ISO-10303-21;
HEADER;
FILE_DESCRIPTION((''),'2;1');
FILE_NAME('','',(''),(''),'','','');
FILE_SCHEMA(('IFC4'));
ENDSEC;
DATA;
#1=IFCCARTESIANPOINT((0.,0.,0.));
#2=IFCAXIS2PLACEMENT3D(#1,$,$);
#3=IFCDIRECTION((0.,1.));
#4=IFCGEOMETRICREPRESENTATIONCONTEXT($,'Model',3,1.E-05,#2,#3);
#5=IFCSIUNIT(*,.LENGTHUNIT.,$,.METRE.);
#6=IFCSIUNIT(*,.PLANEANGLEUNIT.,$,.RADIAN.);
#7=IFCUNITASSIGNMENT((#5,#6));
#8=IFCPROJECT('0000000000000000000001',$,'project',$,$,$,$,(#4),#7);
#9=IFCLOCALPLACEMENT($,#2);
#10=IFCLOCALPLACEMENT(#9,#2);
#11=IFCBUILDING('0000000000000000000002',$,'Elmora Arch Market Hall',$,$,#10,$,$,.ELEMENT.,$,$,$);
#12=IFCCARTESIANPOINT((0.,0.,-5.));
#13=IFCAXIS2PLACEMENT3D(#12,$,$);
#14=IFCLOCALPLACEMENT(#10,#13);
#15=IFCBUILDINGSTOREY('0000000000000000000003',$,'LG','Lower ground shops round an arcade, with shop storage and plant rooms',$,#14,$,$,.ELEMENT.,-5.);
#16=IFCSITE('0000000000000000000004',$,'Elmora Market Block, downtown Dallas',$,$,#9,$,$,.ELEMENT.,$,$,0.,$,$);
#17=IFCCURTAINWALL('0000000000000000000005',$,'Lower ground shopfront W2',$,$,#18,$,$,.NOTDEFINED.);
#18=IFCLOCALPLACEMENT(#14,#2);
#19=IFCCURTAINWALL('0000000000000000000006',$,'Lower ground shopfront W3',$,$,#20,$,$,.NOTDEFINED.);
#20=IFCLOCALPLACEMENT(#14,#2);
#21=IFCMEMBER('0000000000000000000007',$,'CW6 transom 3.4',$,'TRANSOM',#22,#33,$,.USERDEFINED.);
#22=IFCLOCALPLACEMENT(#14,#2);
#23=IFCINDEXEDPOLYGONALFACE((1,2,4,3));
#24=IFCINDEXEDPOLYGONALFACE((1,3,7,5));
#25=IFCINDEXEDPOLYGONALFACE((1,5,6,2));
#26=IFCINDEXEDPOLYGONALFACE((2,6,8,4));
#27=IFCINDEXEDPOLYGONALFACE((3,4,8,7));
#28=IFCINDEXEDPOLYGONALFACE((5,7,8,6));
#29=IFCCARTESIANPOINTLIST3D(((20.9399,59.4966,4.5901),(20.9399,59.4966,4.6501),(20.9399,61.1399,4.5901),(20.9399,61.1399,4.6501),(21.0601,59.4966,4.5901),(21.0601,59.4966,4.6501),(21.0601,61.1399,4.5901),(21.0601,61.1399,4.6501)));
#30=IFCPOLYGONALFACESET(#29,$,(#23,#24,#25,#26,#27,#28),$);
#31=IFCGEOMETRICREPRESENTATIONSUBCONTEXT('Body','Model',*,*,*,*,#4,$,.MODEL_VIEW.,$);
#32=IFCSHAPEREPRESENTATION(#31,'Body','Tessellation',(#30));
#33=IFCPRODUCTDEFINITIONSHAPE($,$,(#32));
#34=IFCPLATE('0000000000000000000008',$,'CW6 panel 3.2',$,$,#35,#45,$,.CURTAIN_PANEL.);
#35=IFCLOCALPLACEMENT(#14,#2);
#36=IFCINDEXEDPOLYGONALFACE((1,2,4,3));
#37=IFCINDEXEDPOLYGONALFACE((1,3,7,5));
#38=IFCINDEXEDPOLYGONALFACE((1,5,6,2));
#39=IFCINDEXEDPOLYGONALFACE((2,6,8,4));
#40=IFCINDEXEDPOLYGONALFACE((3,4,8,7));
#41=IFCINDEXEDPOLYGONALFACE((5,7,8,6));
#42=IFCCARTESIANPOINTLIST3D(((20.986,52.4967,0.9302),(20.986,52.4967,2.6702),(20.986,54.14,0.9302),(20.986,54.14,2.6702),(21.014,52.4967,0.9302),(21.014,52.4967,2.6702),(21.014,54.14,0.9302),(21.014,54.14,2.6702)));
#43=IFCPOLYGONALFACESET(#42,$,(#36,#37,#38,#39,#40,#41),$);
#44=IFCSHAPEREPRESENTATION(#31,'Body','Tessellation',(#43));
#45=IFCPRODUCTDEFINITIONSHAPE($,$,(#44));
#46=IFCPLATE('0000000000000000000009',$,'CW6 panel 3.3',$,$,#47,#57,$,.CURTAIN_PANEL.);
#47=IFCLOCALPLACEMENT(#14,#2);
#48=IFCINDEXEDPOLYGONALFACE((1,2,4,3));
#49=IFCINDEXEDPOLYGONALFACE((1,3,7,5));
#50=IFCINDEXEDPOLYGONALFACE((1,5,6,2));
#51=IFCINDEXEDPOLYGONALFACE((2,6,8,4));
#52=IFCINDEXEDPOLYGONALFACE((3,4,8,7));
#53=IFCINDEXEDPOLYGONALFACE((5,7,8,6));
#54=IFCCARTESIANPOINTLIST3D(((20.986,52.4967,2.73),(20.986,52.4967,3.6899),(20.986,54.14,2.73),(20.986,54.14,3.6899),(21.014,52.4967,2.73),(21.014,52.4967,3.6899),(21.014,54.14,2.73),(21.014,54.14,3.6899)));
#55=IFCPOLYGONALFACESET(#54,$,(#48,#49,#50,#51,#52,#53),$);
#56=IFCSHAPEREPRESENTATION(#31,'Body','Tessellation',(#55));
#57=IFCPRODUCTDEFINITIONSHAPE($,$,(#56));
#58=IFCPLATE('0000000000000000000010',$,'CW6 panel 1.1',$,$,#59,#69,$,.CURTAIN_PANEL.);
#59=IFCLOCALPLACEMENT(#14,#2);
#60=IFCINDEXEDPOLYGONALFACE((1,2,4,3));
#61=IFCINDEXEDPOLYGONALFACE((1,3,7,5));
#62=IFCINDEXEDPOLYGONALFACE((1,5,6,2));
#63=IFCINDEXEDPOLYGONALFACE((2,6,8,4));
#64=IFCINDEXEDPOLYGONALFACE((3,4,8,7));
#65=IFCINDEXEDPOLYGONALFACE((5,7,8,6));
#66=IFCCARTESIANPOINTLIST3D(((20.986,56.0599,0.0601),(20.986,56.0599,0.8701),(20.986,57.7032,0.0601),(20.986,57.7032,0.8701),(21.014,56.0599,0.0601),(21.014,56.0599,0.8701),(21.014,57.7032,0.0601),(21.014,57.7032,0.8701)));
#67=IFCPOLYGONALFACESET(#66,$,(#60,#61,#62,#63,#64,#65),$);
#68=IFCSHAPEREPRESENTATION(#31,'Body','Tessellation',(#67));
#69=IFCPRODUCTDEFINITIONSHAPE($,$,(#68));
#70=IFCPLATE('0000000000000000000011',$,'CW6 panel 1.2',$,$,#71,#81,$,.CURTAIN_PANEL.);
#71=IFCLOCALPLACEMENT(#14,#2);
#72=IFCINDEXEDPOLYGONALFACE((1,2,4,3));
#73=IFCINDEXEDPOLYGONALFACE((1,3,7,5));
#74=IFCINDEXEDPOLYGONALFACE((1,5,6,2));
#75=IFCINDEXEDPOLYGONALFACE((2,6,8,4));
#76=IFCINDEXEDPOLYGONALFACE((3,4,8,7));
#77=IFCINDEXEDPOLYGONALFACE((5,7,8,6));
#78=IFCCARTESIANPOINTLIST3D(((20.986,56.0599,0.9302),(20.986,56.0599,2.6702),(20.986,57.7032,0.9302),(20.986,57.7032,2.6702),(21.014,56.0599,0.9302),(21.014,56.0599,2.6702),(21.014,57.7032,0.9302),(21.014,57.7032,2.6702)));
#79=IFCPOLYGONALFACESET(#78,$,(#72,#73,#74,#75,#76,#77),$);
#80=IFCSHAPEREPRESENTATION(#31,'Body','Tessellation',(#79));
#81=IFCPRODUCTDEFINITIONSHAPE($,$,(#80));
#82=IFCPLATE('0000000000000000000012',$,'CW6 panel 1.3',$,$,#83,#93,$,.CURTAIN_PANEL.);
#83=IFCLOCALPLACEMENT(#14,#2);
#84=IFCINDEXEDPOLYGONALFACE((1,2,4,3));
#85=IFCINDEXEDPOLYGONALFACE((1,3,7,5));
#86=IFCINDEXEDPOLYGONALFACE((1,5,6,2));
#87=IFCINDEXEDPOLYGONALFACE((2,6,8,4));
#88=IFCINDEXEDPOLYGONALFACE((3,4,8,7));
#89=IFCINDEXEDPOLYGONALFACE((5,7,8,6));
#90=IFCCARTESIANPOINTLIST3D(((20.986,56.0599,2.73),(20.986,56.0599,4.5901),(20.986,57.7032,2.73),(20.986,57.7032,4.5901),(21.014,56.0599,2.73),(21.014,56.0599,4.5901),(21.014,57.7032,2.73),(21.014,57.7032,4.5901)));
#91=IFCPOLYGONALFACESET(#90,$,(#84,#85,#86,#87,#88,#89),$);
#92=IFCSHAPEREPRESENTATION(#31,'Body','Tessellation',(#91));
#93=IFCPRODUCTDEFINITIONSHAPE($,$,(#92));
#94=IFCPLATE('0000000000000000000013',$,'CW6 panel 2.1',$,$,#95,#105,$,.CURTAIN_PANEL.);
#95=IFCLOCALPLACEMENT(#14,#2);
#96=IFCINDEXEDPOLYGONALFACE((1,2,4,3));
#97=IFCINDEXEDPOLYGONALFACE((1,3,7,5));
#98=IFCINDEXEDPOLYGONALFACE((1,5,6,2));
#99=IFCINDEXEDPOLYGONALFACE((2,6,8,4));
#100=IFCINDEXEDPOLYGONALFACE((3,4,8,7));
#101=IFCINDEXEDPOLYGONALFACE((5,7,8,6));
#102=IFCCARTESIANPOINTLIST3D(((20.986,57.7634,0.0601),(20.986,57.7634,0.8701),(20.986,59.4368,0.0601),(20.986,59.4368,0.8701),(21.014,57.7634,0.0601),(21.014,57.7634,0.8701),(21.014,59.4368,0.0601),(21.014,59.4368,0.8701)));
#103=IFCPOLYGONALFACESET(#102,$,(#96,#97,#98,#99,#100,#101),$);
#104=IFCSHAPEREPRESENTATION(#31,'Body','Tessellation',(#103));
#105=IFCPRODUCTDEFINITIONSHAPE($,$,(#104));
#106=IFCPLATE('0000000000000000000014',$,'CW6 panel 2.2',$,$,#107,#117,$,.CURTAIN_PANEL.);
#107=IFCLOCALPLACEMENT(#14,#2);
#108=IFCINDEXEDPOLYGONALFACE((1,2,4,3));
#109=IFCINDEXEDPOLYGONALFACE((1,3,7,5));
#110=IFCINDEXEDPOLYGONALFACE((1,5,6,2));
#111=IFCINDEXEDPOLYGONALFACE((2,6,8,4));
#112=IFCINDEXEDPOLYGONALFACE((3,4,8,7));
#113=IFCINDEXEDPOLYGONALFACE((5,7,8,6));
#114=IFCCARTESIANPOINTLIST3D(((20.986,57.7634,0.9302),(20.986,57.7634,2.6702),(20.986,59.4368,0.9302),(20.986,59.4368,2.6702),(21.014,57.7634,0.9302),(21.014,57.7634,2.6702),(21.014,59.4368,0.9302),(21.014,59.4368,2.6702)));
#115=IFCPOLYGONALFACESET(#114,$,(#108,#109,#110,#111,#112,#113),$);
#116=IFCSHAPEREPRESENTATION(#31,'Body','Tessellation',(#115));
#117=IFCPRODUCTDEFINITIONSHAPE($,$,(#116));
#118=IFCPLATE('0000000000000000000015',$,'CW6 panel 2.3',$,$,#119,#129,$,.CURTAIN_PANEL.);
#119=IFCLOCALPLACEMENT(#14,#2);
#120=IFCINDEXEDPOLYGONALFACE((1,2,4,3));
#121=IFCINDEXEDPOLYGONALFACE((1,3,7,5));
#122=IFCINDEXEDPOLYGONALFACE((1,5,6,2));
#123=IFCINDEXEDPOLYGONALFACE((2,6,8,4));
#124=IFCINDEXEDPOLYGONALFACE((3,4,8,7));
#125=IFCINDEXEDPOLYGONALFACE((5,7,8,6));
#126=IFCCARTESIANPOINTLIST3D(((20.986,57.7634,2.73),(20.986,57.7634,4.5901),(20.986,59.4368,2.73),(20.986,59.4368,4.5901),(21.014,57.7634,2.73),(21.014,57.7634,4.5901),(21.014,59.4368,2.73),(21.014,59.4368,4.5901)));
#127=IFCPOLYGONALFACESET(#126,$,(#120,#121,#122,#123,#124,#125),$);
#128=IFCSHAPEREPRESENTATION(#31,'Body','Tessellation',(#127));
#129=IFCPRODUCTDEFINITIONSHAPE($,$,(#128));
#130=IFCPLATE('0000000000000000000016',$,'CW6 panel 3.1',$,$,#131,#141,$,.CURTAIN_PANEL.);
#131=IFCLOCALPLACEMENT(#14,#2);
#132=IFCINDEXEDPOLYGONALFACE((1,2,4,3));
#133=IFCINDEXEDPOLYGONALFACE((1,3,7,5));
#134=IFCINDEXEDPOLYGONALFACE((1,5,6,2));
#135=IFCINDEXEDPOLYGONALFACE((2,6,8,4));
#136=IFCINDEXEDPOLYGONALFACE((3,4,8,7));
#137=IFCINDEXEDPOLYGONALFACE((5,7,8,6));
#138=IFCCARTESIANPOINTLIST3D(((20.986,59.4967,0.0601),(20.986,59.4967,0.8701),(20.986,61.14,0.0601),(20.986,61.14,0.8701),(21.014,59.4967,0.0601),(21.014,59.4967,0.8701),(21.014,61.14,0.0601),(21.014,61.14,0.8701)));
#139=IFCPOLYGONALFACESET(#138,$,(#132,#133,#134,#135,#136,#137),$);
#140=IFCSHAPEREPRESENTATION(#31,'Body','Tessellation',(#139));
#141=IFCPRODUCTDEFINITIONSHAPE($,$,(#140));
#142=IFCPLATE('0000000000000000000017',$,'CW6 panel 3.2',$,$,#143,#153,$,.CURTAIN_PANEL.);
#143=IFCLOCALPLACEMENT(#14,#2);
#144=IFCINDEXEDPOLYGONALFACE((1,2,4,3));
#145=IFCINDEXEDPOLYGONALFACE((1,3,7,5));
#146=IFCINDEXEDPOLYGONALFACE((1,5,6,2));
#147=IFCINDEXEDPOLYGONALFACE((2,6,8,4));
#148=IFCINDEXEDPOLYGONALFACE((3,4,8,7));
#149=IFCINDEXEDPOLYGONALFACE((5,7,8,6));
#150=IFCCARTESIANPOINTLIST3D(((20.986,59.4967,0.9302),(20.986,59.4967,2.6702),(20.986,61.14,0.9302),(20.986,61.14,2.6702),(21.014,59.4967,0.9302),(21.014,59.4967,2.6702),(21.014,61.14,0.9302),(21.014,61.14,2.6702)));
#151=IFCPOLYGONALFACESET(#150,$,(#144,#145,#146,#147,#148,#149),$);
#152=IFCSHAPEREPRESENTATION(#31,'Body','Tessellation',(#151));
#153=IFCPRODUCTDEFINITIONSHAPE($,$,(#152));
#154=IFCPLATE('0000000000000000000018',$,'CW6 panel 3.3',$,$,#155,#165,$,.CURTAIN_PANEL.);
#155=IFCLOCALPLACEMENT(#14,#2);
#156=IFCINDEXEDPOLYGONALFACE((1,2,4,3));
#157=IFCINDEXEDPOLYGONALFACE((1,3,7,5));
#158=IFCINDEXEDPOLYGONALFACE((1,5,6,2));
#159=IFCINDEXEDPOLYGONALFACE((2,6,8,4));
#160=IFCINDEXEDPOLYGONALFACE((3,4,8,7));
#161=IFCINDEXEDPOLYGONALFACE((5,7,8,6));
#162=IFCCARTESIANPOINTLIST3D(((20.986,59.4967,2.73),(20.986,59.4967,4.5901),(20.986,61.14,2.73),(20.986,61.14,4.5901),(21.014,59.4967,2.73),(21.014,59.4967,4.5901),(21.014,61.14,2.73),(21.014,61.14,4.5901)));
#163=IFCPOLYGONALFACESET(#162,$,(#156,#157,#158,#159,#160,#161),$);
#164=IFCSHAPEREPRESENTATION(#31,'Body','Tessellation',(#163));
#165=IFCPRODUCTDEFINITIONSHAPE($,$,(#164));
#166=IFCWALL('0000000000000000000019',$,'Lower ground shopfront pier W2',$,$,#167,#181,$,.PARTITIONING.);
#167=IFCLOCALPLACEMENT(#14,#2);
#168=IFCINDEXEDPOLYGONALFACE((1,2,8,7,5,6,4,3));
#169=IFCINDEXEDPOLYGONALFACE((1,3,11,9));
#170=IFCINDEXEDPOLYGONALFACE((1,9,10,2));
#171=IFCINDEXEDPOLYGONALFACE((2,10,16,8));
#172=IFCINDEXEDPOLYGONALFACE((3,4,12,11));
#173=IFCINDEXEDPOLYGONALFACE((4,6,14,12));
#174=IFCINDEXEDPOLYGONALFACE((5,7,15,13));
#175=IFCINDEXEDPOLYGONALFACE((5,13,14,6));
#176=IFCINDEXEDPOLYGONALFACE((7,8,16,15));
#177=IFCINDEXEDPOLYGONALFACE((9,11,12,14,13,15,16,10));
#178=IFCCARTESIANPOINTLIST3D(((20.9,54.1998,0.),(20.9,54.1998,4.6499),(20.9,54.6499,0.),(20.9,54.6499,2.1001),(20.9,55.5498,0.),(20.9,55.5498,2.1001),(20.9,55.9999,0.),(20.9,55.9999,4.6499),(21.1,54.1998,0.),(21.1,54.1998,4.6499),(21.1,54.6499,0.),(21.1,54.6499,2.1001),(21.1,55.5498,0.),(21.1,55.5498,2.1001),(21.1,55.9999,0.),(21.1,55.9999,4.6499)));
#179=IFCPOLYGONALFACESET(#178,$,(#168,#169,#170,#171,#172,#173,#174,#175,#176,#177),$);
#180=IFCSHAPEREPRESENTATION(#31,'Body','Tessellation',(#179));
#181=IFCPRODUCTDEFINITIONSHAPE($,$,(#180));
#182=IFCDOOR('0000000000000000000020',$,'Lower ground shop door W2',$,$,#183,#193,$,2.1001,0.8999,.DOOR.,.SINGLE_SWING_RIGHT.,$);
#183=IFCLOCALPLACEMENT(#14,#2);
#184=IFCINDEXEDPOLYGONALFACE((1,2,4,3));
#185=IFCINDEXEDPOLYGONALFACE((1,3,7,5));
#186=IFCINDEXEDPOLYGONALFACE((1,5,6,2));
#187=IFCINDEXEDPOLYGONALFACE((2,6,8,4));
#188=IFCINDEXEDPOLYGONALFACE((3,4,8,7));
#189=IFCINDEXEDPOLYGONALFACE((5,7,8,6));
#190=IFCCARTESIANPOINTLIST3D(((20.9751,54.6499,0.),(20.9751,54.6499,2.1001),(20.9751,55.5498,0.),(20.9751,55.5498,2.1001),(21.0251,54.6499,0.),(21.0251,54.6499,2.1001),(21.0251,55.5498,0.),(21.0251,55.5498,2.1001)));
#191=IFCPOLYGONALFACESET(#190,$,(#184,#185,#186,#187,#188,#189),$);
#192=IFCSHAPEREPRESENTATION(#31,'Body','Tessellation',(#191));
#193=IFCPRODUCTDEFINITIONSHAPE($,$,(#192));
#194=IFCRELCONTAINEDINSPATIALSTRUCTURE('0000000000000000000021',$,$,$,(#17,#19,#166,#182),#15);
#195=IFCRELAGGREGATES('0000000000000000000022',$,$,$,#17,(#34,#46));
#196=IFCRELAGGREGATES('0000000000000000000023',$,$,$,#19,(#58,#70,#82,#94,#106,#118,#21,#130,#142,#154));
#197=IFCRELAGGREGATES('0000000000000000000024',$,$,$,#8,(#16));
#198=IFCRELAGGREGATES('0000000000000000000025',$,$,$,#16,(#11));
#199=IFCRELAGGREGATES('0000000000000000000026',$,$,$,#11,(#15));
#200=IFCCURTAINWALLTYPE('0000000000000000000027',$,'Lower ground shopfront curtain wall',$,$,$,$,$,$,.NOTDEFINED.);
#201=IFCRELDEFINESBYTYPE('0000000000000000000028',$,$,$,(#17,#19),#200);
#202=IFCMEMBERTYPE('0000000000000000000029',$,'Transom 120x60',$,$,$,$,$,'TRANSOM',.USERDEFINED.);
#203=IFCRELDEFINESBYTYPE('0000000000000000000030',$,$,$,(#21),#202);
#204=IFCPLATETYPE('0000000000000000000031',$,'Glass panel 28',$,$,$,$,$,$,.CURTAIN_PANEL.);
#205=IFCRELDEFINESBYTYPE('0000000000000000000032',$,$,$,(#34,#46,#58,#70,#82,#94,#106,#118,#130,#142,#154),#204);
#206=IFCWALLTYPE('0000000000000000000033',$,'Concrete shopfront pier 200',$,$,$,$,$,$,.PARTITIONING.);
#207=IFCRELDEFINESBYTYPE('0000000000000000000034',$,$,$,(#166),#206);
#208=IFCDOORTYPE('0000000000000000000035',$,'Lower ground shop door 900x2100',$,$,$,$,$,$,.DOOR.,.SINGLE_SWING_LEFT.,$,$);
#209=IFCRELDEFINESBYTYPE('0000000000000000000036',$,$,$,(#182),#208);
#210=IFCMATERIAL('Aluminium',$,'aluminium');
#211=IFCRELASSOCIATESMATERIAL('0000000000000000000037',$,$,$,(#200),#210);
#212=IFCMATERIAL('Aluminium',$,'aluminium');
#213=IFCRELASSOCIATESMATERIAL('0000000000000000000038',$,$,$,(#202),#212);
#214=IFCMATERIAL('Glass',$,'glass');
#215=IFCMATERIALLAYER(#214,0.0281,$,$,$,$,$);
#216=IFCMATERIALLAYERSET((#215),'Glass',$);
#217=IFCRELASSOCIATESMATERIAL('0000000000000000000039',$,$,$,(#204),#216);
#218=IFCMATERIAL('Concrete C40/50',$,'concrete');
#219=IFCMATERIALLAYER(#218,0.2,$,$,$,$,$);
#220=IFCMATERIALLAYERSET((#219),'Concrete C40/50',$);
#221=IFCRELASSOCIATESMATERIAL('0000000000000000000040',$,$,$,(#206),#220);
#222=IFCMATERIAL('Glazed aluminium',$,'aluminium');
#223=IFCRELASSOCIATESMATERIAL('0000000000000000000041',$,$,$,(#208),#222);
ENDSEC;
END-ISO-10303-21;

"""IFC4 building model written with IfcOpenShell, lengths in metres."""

from ifc_helpers import new_model, si_unit, direction, frame, frame_2d, origin, origin_2d, place, context, subcontext, project, spatial, rectangle, extrude, material, layer, layer_set, material_profile, profile_set, type_object, element, fill, aggregate, save


model = new_model("IFC4")

# Units and contexts
model_context = context("Model", 3, precision=1e-05, world=origin(), true_north=direction((0.0, 1.0)))
body_context = subcontext(model_context, "Body", "Model", "MODEL_VIEW")
ifc_project = project(units=[si_unit("LENGTHUNIT", "METRE"), si_unit("PLANEANGLEUNIT", "RADIAN")], contexts=[model_context])

# Site, building, storey
site_placement = place(None, origin())
site = spatial("IfcSite", under=ifc_project, at=site_placement, Name="Elmora Market Block, downtown Dallas", CompositionType="ELEMENT", RefElevation=0.0)
building_placement = place(site_placement, origin())
building = spatial("IfcBuilding", under=site, at=building_placement, Name="Elmora Arch Market Hall", CompositionType="ELEMENT")
storey_placement = place(building_placement, frame((0.0, 0.0, -5.0)))
storey = spatial("IfcBuildingStorey", under=building, at=storey_placement, Name="LG", Description="Lower ground shops round an arcade, with shop storage and plant rooms", CompositionType="ELEMENT", Elevation=-5.0)

# Curtain wall
ifc_material_1 = material(Name="Aluminium", Category="aluminium")
curtain_wall_type = type_object("IfcCurtainWallType", Name="Lower ground shopfront curtain wall", PredefinedType="NOTDEFINED", material=ifc_material_1)
curtain_wall_1_placement = place(storey_placement, origin())
curtain_wall_1 = element("IfcCurtainWall", 1, at=curtain_wall_1_placement, inside=storey, type_object=curtain_wall_type, Name="Lower ground shopfront W2", PredefinedType="NOTDEFINED")

# Curtain wall, member
curtain_wall_2_placement = place(storey_placement, origin())
curtain_wall_2 = element("IfcCurtainWall", 2, at=curtain_wall_2_placement, inside=storey, type_object=curtain_wall_type, Name="Lower ground shopfront W3", PredefinedType="NOTDEFINED")
ifc_material_2 = material(Name="Aluminium", Category="aluminium")
ifc_material_profile_1 = material_profile(ifc_material_2, rectangle(XDim=0.1201, YDim=0.0601, at=origin_2d()), Name="AL 120x60")
ifc_profile_set_1 = profile_set([ifc_material_profile_1], Name="Aluminium")
member_type_1 = type_object("IfcMemberType", Name="Transom 120x60", ElementType="TRANSOM", PredefinedType="USERDEFINED", material=ifc_profile_set_1)
member_1_placement = place(storey_placement, frame((21.0, 59.4966, 4.6201), z_axis=(0.0, 1.0, 0.0), x_axis=(-1.0, 0.0, 0.0)))
member_1 = element("IfcMember", 3, at=member_1_placement, type_object=member_type_1, Name="CW6 transom 3.4", ObjectType="TRANSOM", PredefinedType="USERDEFINED", context=body_context, shape_type="SweptSolid", body=[
    extrude(rectangle(XDim=0.1201, YDim=0.0601, at=origin_2d()), origin(), (0.0, 0.0, 1.0), 1.6433),
])

# Plates
ifc_material_3 = material(Name="Glass", Category="glass")
ifc_layer_1 = layer(ifc_material_3, 0.0281)
ifc_layer_set_1 = layer_set([ifc_layer_1], Name="Glass")
plate_type = type_object("IfcPlateType", Name="Glass panel 28", PredefinedType="CURTAIN_PANEL", material=ifc_layer_set_1)
plate_1_placement = place(storey_placement, frame((21.0, 53.3184, 0.9302), z_axis=(0.0, 0.0, 1.0), x_axis=(0.0, 1.0, 0.0)))
plate_1 = element("IfcPlate", 4, at=plate_1_placement, type_object=plate_type, Name="CW6 panel 3.2", PredefinedType="CURTAIN_PANEL", context=body_context, shape_type="SweptSolid", body=[
    extrude(rectangle(XDim=1.6433, YDim=0.0281, at=origin_2d()), origin(), (0.0, 0.0, 1.0), 1.74),
])
plate_2_placement = place(storey_placement, frame((21.0, 53.3184, 2.73), z_axis=(0.0, 0.0, 1.0), x_axis=(0.0, 1.0, 0.0)))
plate_2 = element("IfcPlate", 5, at=plate_2_placement, type_object=plate_type, Name="CW6 panel 3.3", PredefinedType="CURTAIN_PANEL", context=body_context, shape_type="SweptSolid", body=[
    extrude(rectangle(XDim=1.6433, YDim=0.0281, at=origin_2d()), origin(), (0.0, 0.0, 1.0), 0.96),
])
aggregate(curtain_wall_1, [plate_1, plate_2])
plate_3_placement = place(storey_placement, frame((21.0, 56.8816, 0.0601), z_axis=(0.0, 0.0, 1.0), x_axis=(0.0, 1.0, 0.0)))
plate_3 = element("IfcPlate", 6, at=plate_3_placement, type_object=plate_type, Name="CW6 panel 1.1", PredefinedType="CURTAIN_PANEL", context=body_context, shape_type="SweptSolid", body=[
    extrude(rectangle(XDim=1.6433, YDim=0.0281, at=origin_2d()), origin(), (0.0, 0.0, 1.0), 0.8101),
])
plate_4_placement = place(storey_placement, frame((21.0, 56.8816, 0.9302), z_axis=(0.0, 0.0, 1.0), x_axis=(0.0, 1.0, 0.0)))
plate_4 = element("IfcPlate", 7, at=plate_4_placement, type_object=plate_type, Name="CW6 panel 1.2", PredefinedType="CURTAIN_PANEL", context=body_context, shape_type="SweptSolid", body=[
    extrude(rectangle(XDim=1.6433, YDim=0.0281, at=origin_2d()), origin(), (0.0, 0.0, 1.0), 1.74),
])
plate_5_placement = place(storey_placement, frame((21.0, 56.8816, 2.73), z_axis=(0.0, 0.0, 1.0), x_axis=(0.0, 1.0, 0.0)))
plate_5 = element("IfcPlate", 8, at=plate_5_placement, type_object=plate_type, Name="CW6 panel 1.3", PredefinedType="CURTAIN_PANEL", context=body_context, shape_type="SweptSolid", body=[
    extrude(rectangle(XDim=1.6433, YDim=0.0281, at=origin_2d()), origin(), (0.0, 0.0, 1.0), 1.8601),
])
plate_6_placement = place(storey_placement, frame((21.0, 58.6001, 0.0601), z_axis=(0.0, 0.0, 1.0), x_axis=(0.0, 1.0, 0.0)))
plate_6 = element("IfcPlate", 9, at=plate_6_placement, type_object=plate_type, Name="CW6 panel 2.1", PredefinedType="CURTAIN_PANEL", context=body_context, shape_type="SweptSolid", body=[
    extrude(rectangle(XDim=1.6733, YDim=0.0281, at=origin_2d()), origin(), (0.0, 0.0, 1.0), 0.8101),
])
plate_7_placement = place(storey_placement, frame((21.0, 58.6001, 0.9302), z_axis=(0.0, 0.0, 1.0), x_axis=(0.0, 1.0, 0.0)))
plate_7 = element("IfcPlate", 10, at=plate_7_placement, type_object=plate_type, Name="CW6 panel 2.2", PredefinedType="CURTAIN_PANEL", context=body_context, shape_type="SweptSolid", body=[
    extrude(rectangle(XDim=1.6733, YDim=0.0281, at=origin_2d()), origin(), (0.0, 0.0, 1.0), 1.74),
])
plate_8_placement = place(storey_placement, frame((21.0, 58.6001, 2.73), z_axis=(0.0, 0.0, 1.0), x_axis=(0.0, 1.0, 0.0)))
plate_8 = element("IfcPlate", 11, at=plate_8_placement, type_object=plate_type, Name="CW6 panel 2.3", PredefinedType="CURTAIN_PANEL", context=body_context, shape_type="SweptSolid", body=[
    extrude(rectangle(XDim=1.6733, YDim=0.0281, at=origin_2d()), origin(), (0.0, 0.0, 1.0), 1.8601),
])
plate_9_placement = place(storey_placement, frame((21.0, 60.3184, 0.0601), z_axis=(0.0, 0.0, 1.0), x_axis=(0.0, 1.0, 0.0)))
plate_9 = element("IfcPlate", 12, at=plate_9_placement, type_object=plate_type, Name="CW6 panel 3.1", PredefinedType="CURTAIN_PANEL", context=body_context, shape_type="SweptSolid", body=[
    extrude(rectangle(XDim=1.6433, YDim=0.0281, at=origin_2d()), origin(), (0.0, 0.0, 1.0), 0.8101),
])
plate_10_placement = place(storey_placement, frame((21.0, 60.3184, 0.9302), z_axis=(0.0, 0.0, 1.0), x_axis=(0.0, 1.0, 0.0)))
plate_10 = element("IfcPlate", 13, at=plate_10_placement, type_object=plate_type, Name="CW6 panel 3.2", PredefinedType="CURTAIN_PANEL", context=body_context, shape_type="SweptSolid", body=[
    extrude(rectangle(XDim=1.6433, YDim=0.0281, at=origin_2d()), origin(), (0.0, 0.0, 1.0), 1.74),
])
plate_11_placement = place(storey_placement, frame((21.0, 60.3184, 2.73), z_axis=(0.0, 0.0, 1.0), x_axis=(0.0, 1.0, 0.0)))
plate_11 = element("IfcPlate", 14, at=plate_11_placement, type_object=plate_type, Name="CW6 panel 3.3", PredefinedType="CURTAIN_PANEL", context=body_context, shape_type="SweptSolid", body=[
    extrude(rectangle(XDim=1.6433, YDim=0.0281, at=origin_2d()), origin(), (0.0, 0.0, 1.0), 1.8601),
])
aggregate(curtain_wall_2, [plate_3, plate_4, plate_5, plate_6, plate_7, plate_8, member_1, plate_9, plate_10, plate_11])

# Wall, opening, door
ifc_material_4 = material(Name="Concrete C40/50", Category="concrete")
ifc_layer_2 = layer(ifc_material_4, 0.2)
ifc_layer_set_2 = layer_set([ifc_layer_2], Name="Concrete C40/50")
wall_type = type_object("IfcWallType", Name="Concrete shopfront pier 200", PredefinedType="PARTITIONING", material=ifc_layer_set_2)
wall_placement = place(storey_placement, frame((21.0, 54.2, 0.0), z_axis=(0.0, 0.0, 1.0), x_axis=(0.0, 1.0, 0.0)))
wall = element("IfcWall", 15, at=wall_placement, inside=storey, type_object=wall_type, Name="Lower ground shopfront pier W2", PredefinedType="PARTITIONING", context=body_context, shape_type="SweptSolid", body=[
    extrude(rectangle(XDim=1.8, YDim=0.2, at=frame_2d((0.8999, 0.0))), origin(), (0.0, 0.0, 1.0), 4.6499),
])
opening_placement = place(wall_placement, frame((0.45, 0.0, 0.0)))
opening = element("IfcOpeningElement", 16, at=opening_placement, cuts=wall, PredefinedType="OPENING", context=body_context, shape_type="SweptSolid", body=[
    extrude(rectangle(XDim=0.8999, YDim=2.1001, at=frame_2d((0.45, 1.05))), frame((0.0, 0.1099, 0.0), z_axis=(0.0, -1.0, 0.0), x_axis=(1.0, 0.0, 0.0)), (0.0, 0.0, 1.0), 0.22),
])
ifc_material_5 = material(Name="Glazed aluminium", Category="aluminium")
door_type = type_object("IfcDoorType", Name="Lower ground shop door 900x2100", OperationType="SINGLE_SWING_LEFT", PredefinedType="DOOR", material=ifc_material_5)
door_placement = place(opening_placement, origin())
door = element("IfcDoor", 17, at=door_placement, inside=storey, type_object=door_type, Name="Lower ground shop door W2", OperationType="SINGLE_SWING_RIGHT", OverallHeight=2.1001, OverallWidth=0.8999, PredefinedType="DOOR", context=body_context, shape_type="SweptSolid", body=[
    extrude(rectangle(XDim=0.8999, YDim=2.1001, at=frame_2d((0.45, 1.05))), frame((0.0, 0.0249, 0.0), z_axis=(0.0, -1.0, 0.0), x_axis=(1.0, 0.0, 0.0)), (0.0, 0.0, 1.0), 0.05),
])
fill(opening, door)

save(model, "model.ifc")
